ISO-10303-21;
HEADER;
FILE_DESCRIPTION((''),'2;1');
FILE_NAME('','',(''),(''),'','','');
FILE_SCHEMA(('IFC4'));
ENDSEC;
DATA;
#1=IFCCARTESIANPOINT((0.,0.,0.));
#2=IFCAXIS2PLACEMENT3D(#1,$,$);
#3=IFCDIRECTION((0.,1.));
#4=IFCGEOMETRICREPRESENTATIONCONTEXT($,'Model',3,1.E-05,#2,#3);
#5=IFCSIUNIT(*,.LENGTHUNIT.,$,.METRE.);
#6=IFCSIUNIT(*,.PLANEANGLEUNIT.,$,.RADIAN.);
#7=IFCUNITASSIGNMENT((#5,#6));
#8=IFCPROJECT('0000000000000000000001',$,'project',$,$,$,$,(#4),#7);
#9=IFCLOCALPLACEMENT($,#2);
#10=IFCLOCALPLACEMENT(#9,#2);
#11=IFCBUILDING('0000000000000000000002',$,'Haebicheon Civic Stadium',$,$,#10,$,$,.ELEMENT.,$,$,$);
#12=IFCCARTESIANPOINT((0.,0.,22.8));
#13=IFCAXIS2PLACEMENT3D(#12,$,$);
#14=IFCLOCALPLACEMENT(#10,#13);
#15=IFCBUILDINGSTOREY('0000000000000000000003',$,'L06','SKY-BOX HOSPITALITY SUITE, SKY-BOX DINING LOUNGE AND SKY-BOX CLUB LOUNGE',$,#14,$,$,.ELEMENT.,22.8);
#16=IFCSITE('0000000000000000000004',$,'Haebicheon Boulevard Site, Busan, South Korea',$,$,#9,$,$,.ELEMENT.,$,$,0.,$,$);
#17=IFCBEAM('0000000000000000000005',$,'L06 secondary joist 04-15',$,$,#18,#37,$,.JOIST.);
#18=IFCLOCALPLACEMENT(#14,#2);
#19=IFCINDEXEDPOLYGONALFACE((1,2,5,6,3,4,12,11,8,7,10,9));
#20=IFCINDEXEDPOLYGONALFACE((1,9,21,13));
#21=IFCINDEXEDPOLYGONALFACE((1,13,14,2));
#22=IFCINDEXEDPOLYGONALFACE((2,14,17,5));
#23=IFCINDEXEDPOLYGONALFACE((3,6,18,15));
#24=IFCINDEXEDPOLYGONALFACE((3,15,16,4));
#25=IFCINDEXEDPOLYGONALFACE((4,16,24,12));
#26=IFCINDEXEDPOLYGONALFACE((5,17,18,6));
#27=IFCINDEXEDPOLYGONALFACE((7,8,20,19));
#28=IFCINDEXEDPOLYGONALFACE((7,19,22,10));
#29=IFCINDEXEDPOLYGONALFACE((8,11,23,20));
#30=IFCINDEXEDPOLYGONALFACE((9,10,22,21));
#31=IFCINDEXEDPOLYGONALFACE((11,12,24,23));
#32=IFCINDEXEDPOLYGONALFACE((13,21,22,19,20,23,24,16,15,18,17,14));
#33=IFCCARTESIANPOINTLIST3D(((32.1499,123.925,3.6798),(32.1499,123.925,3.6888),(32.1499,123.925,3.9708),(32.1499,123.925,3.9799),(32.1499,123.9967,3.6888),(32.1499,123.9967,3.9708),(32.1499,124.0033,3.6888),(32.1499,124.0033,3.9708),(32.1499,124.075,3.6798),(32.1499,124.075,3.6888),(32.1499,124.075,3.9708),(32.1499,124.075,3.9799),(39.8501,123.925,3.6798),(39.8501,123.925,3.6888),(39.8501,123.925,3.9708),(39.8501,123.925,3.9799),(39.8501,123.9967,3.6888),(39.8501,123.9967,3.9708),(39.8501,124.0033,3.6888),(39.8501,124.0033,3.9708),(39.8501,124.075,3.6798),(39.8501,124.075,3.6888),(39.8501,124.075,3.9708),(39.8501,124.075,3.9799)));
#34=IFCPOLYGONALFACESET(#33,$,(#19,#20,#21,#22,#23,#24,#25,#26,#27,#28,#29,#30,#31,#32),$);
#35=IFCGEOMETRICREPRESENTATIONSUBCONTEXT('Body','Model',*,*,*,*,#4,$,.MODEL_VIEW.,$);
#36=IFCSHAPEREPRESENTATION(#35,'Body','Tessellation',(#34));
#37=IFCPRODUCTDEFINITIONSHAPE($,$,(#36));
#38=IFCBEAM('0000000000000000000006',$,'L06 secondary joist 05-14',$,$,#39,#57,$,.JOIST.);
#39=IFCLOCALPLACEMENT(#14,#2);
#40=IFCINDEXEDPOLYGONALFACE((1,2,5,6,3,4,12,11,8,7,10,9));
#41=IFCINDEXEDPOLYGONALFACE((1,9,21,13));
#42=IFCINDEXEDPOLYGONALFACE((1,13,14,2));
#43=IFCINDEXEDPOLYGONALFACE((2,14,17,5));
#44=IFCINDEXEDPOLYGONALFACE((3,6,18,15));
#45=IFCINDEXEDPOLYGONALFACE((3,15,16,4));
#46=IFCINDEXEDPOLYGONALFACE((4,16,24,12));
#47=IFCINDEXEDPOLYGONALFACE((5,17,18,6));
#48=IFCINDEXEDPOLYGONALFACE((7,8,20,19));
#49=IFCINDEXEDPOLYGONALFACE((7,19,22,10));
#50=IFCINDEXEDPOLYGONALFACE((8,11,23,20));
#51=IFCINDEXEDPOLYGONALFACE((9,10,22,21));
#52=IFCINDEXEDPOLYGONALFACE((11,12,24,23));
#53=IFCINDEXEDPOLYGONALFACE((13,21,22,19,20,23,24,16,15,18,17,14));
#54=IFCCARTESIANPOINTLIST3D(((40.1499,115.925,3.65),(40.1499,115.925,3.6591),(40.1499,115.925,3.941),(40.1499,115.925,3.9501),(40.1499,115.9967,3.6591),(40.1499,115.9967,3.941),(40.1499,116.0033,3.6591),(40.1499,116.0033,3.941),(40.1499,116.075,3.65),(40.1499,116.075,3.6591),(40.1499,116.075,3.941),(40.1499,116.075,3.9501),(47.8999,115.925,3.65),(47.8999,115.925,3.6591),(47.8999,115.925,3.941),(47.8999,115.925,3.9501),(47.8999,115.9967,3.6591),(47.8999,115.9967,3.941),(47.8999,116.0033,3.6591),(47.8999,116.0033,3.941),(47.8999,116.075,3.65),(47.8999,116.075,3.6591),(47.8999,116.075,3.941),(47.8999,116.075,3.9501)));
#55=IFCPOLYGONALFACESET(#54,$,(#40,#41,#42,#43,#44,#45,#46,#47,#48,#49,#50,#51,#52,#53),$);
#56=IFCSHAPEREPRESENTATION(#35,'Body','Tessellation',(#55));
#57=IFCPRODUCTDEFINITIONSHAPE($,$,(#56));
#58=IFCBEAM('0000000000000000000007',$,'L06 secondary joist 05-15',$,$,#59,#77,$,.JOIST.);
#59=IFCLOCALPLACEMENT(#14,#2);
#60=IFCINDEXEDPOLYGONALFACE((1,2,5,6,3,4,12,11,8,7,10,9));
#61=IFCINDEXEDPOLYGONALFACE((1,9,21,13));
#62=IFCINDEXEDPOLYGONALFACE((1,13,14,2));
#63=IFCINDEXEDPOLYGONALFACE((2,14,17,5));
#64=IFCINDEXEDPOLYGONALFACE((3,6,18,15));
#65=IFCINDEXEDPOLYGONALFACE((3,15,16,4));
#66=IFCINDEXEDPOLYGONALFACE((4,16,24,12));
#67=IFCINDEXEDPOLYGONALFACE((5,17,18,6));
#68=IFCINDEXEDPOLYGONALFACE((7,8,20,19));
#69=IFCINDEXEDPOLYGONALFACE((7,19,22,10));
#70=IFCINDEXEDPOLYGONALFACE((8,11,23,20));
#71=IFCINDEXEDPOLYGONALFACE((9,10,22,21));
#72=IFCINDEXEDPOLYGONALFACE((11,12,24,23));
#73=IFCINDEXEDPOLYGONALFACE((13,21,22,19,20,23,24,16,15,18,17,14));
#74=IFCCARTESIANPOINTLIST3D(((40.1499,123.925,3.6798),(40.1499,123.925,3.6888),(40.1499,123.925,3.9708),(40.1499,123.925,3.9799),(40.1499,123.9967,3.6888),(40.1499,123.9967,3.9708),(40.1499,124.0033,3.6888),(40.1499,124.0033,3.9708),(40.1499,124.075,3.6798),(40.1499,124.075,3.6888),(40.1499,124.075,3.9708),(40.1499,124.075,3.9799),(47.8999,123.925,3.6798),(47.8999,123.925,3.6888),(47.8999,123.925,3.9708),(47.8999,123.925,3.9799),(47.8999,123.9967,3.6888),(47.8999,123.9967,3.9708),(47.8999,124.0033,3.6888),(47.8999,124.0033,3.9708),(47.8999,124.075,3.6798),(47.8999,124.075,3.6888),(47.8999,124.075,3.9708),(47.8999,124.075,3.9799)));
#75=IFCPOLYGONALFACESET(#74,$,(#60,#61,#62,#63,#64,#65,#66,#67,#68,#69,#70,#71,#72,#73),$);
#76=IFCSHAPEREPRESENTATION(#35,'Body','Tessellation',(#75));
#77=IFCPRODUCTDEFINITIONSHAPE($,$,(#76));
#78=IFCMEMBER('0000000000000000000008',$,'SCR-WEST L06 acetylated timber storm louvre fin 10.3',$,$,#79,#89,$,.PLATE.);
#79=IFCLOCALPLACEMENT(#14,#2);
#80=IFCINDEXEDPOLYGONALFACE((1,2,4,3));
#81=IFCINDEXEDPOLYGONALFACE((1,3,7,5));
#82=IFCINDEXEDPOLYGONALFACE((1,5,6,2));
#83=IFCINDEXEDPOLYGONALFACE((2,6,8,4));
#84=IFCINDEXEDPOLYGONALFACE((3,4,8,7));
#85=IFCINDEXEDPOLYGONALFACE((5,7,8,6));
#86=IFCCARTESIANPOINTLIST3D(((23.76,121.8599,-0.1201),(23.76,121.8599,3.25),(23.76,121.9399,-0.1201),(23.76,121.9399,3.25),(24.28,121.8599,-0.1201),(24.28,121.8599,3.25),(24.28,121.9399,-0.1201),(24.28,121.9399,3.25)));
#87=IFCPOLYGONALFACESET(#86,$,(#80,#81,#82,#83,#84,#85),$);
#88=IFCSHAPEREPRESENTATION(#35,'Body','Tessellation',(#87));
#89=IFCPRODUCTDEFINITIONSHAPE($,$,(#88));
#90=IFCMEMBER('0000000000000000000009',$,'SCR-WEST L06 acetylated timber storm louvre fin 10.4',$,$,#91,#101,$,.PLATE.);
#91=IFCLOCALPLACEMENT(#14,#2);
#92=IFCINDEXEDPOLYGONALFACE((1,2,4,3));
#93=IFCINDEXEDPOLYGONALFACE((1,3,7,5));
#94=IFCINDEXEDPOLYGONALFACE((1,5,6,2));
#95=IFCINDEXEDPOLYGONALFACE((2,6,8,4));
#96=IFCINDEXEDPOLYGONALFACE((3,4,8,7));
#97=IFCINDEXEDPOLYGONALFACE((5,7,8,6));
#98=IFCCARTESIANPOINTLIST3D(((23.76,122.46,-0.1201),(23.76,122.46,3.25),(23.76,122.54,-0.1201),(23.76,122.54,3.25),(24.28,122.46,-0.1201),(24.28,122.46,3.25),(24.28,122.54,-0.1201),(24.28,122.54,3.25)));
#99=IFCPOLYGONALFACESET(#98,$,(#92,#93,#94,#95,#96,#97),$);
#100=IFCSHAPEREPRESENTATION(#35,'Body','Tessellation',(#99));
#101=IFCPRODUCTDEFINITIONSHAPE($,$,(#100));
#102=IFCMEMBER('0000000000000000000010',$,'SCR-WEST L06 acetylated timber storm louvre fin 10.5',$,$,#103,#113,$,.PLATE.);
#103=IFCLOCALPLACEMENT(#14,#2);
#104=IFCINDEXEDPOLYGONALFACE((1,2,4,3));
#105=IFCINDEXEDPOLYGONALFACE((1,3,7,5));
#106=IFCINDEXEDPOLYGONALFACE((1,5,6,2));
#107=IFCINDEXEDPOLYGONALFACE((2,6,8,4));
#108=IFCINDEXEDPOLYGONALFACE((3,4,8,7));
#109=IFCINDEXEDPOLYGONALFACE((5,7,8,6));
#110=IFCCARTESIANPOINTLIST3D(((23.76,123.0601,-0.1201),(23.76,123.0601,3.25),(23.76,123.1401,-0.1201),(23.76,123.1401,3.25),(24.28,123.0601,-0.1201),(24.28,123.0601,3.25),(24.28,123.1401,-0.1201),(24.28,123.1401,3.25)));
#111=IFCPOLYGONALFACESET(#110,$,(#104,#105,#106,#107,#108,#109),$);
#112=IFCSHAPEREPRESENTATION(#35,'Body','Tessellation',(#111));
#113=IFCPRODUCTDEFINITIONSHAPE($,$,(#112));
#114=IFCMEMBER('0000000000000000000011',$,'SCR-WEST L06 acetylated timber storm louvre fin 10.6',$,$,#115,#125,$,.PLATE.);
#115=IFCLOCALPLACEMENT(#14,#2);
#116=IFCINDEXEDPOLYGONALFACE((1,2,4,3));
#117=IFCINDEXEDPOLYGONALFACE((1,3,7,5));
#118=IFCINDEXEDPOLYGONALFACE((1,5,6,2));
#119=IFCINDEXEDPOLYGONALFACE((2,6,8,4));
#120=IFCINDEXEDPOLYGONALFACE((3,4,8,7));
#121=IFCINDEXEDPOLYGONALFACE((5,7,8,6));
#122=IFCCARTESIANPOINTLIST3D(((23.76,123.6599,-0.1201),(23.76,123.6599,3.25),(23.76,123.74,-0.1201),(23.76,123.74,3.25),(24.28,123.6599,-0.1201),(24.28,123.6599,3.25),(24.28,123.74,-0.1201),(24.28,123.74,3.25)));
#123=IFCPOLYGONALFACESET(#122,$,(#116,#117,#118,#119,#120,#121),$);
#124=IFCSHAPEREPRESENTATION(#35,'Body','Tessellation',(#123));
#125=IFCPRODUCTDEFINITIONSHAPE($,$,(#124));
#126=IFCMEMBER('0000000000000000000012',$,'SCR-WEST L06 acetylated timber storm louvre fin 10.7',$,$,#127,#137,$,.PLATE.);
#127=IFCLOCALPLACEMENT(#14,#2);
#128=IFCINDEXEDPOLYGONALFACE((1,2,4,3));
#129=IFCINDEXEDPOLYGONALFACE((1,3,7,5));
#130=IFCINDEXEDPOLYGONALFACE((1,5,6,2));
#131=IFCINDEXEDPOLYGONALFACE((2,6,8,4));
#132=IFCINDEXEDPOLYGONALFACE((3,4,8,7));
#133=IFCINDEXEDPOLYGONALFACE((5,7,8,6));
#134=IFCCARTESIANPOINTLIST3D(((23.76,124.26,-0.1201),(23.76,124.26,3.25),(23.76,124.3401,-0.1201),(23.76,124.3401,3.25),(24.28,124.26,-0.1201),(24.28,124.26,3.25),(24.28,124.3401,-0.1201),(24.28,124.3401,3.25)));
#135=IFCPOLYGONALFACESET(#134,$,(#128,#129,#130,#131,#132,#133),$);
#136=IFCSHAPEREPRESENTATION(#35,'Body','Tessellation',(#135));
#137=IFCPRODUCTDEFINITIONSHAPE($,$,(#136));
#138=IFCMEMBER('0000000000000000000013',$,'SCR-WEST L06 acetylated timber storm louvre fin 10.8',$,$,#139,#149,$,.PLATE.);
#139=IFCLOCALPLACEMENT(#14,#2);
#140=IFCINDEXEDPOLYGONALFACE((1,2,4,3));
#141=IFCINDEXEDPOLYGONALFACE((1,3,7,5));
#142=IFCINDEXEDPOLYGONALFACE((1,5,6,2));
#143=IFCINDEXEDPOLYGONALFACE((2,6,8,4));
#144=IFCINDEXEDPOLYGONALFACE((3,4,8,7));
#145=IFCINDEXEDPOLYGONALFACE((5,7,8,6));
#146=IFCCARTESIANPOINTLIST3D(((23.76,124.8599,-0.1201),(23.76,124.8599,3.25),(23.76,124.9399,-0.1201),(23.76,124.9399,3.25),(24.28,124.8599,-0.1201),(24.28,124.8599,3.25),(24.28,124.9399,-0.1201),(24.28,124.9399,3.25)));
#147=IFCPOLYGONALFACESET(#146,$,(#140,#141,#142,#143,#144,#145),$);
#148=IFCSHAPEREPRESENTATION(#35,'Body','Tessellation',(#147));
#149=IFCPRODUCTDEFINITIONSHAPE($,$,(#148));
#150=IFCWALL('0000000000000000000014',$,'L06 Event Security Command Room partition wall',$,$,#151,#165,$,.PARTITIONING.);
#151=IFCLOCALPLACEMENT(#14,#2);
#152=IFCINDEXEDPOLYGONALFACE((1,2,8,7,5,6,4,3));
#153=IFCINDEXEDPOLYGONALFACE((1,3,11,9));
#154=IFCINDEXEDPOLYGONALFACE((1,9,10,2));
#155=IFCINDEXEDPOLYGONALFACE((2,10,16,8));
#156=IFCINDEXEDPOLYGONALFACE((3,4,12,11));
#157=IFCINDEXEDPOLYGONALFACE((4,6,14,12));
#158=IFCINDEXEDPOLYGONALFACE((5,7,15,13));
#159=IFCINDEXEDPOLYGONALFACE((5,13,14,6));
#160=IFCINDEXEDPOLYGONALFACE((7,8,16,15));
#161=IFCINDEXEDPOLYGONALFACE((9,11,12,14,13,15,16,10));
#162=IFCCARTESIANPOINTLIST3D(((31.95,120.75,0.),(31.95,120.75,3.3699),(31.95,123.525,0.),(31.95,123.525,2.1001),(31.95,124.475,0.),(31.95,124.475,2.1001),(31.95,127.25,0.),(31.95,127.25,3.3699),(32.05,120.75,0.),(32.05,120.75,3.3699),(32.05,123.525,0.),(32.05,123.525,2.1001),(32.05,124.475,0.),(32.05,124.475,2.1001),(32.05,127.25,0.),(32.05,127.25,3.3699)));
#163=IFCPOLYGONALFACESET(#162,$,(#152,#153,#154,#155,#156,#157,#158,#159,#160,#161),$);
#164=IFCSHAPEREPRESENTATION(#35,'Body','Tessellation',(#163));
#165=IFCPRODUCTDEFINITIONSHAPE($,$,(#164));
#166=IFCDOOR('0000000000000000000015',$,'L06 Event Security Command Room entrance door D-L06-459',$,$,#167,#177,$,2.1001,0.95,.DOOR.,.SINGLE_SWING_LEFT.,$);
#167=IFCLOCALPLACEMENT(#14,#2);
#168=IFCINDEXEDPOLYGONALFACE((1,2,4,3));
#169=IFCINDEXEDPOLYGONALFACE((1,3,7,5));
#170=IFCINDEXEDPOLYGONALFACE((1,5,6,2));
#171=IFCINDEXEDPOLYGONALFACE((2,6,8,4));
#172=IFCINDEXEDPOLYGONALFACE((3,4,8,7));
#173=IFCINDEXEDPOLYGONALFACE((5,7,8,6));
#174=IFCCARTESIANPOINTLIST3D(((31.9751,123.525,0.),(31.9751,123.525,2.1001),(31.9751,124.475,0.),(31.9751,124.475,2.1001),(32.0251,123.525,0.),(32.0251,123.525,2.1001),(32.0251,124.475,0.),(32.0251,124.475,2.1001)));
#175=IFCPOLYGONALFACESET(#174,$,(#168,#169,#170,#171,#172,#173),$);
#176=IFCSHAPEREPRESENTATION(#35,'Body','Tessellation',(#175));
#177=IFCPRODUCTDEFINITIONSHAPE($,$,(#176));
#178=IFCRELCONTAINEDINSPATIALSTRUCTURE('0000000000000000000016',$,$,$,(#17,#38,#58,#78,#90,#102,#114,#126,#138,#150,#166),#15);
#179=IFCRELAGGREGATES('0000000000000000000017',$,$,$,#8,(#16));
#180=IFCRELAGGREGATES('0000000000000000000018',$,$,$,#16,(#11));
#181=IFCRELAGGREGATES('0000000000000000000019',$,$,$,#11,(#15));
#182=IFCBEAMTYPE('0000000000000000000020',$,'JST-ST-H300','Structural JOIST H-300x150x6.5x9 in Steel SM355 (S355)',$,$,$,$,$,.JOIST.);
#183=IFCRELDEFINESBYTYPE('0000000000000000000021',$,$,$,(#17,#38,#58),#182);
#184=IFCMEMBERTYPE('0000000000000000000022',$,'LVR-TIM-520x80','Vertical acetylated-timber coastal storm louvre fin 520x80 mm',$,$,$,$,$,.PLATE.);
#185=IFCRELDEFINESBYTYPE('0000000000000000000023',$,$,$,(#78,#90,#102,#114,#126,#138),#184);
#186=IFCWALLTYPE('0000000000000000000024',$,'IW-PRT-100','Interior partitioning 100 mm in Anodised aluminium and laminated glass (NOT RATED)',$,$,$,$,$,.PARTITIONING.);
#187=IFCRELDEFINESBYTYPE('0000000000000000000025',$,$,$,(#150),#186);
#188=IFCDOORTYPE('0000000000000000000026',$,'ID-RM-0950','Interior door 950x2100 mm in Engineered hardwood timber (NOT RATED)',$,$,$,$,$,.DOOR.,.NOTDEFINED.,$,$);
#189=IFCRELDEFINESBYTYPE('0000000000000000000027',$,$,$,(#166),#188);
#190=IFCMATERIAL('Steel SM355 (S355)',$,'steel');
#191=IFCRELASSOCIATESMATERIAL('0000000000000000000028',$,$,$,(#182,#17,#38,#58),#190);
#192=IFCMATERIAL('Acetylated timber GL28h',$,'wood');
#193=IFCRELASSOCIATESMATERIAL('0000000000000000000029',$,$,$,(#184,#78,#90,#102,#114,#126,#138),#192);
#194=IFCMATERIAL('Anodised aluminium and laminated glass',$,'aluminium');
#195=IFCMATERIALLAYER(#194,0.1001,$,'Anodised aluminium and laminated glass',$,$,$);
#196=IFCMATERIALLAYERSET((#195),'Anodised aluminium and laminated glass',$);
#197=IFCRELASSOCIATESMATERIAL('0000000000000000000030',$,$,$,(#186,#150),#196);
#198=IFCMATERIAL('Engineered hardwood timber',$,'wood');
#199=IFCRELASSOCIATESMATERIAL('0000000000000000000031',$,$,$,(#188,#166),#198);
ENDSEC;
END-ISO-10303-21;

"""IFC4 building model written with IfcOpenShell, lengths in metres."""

from ifc_helpers import new_model, si_unit, direction, frame, frame_2d, origin, origin_2d, place, context, subcontext, project, spatial, rectangle, i_section, extrude, material, layer, layer_set, material_profile, profile_set, type_object, element, fill, save


model = new_model("IFC4")

# Units and contexts
model_context = context("Model", 3, precision=1e-05, world=origin(), true_north=direction((0.0, 1.0)))
body_context = subcontext(model_context, "Body", "Model", "MODEL_VIEW")
ifc_project = project(units=[si_unit("LENGTHUNIT", "METRE"), si_unit("PLANEANGLEUNIT", "RADIAN")], contexts=[model_context])

# Site, building, storey
site_placement = place(None, origin())
site = spatial("IfcSite", under=ifc_project, at=site_placement, Name="Haebicheon Boulevard Site, Busan, South Korea", CompositionType="ELEMENT", RefElevation=0.0)
building_placement = place(site_placement, origin())
building = spatial("IfcBuilding", under=site, at=building_placement, Name="Haebicheon Civic Stadium", CompositionType="ELEMENT")
storey_placement = place(building_placement, frame((0.0, 0.0, 22.8)))
storey = spatial("IfcBuildingStorey", under=building, at=storey_placement, Name="L06", Description="SKY-BOX HOSPITALITY SUITE, SKY-BOX DINING LOUNGE AND SKY-BOX CLUB LOUNGE", CompositionType="ELEMENT", Elevation=22.8)

# Beams
ifc_material_1 = material(Name="Steel SM355 (S355)", Category="steel")
ifc_material_profile_1 = material_profile(ifc_material_1, i_section(OverallWidth=0.1499, OverallDepth=0.3, WebThickness=0.0066, FlangeThickness=0.009, at=origin_2d()), Name="H-300x150x6.5x9")
ifc_profile_set_1 = profile_set([ifc_material_profile_1], Name="Steel SM355 (S355)")
beam_type_1 = type_object("IfcBeamType", Name="JST-ST-H300", Description="Structural JOIST H-300x150x6.5x9 in Steel SM355 (S355)", PredefinedType="JOIST", material=ifc_profile_set_1)
for number, where, z_axis, x_axis, name in (
    (1, (32.1499, 124.0, 3.8298), (1.0, 0.0, 0.0), (0.0, 1.0, 0.0), "L06 secondary joist 04-15"),
):
    element("IfcBeam", number, at=place(storey_placement, frame(where, z_axis=z_axis, x_axis=x_axis)), inside=storey, type_object=beam_type_1, material=ifc_profile_set_1, Name=name, PredefinedType="JOIST", context=body_context, shape_type="SweptSolid", body=[
        extrude(i_section(OverallWidth=0.1499, OverallDepth=0.3, WebThickness=0.0066, FlangeThickness=0.009, at=origin_2d()), origin(), (0.0, 0.0, 1.0), 7.7002),
    ])
for number, where, z_axis, x_axis, name in (
    (2, (40.1499, 116.0, 3.8), (1.0, 0.0, 0.0), (0.0, 1.0, 0.0), "L06 secondary joist 05-14"),
    (3, (40.1499, 124.0, 3.8298), (1.0, 0.0, 0.0), (0.0, 1.0, 0.0), "L06 secondary joist 05-15"),
):
    element("IfcBeam", number, at=place(storey_placement, frame(where, z_axis=z_axis, x_axis=x_axis)), inside=storey, type_object=beam_type_1, material=ifc_profile_set_1, Name=name, PredefinedType="JOIST", context=body_context, shape_type="SweptSolid", body=[
        extrude(i_section(OverallWidth=0.1499, OverallDepth=0.3, WebThickness=0.0066, FlangeThickness=0.009, at=origin_2d()), origin(), (0.0, 0.0, 1.0), 7.75),
    ])

# Members
ifc_material_2 = material(Name="Acetylated timber GL28h", Category="wood")
ifc_material_profile_2 = material_profile(ifc_material_2, rectangle(XDim=0.0801, YDim=0.52, at=origin_2d()), Name="TMB-LOUV-80x520")
ifc_profile_set_2 = profile_set([ifc_material_profile_2], Name="Acetylated timber GL28h")
member_type = type_object("IfcMemberType", Name="LVR-TIM-520x80", Description="Vertical acetylated-timber coastal storm louvre fin 520x80 mm", PredefinedType="PLATE", material=ifc_profile_set_2)
for number, where, z_axis, x_axis, name in (
    (4, (24.02, 121.8999, -0.1201), (0.0, 0.0, 1.0), (0.0, 1.0, 0.0), "SCR-WEST L06 acetylated timber storm louvre fin 10.3"),
    (5, (24.02, 122.5, -0.1201), (0.0, 0.0, 1.0), (0.0, 1.0, 0.0), "SCR-WEST L06 acetylated timber storm louvre fin 10.4"),
    (6, (24.02, 123.1001, -0.1201), (0.0, 0.0, 1.0), (0.0, 1.0, 0.0), "SCR-WEST L06 acetylated timber storm louvre fin 10.5"),
    (7, (24.02, 123.7, -0.1201), (0.0, 0.0, 1.0), (0.0, 1.0, 0.0), "SCR-WEST L06 acetylated timber storm louvre fin 10.6"),
    (8, (24.02, 124.3, -0.1201), (0.0, 0.0, 1.0), (0.0, 1.0, 0.0), "SCR-WEST L06 acetylated timber storm louvre fin 10.7"),
    (9, (24.02, 124.8999, -0.1201), (0.0, 0.0, 1.0), (0.0, 1.0, 0.0), "SCR-WEST L06 acetylated timber storm louvre fin 10.8"),
):
    element("IfcMember", number, at=place(storey_placement, frame(where, z_axis=z_axis, x_axis=x_axis)), inside=storey, type_object=member_type, material=ifc_profile_set_2, Name=name, PredefinedType="PLATE", context=body_context, shape_type="SweptSolid", body=[
        extrude(rectangle(XDim=0.0801, YDim=0.52, at=origin_2d()), origin(), (0.0, 0.0, 1.0), 3.3701),
    ])

# Wall, opening, door
ifc_material_3 = material(Name="Anodised aluminium and laminated glass", Category="aluminium")
ifc_layer_1 = layer(ifc_material_3, 0.1001, Name="Anodised aluminium and laminated glass")
ifc_layer_set_1 = layer_set([ifc_layer_1], Name="Anodised aluminium and laminated glass")
wall_type_1 = type_object("IfcWallType", Name="IW-PRT-100", Description="Interior partitioning 100 mm in Anodised aluminium and laminated glass (NOT RATED)", PredefinedType="PARTITIONING", material=ifc_layer_set_1)
wall_1_placement = place(storey_placement, frame((32.0, 120.75, 0.0), z_axis=(0.0, 0.0, 1.0), x_axis=(0.0, 1.0, 0.0)))
wall_1 = element("IfcWall", 10, at=wall_1_placement, inside=storey, type_object=wall_type_1, material=ifc_layer_set_1, Name="L06 Event Security Command Room partition wall", PredefinedType="PARTITIONING", context=body_context, shape_type="SweptSolid", body=[
    extrude(rectangle(XDim=6.5, YDim=0.1001, at=frame_2d((3.25, 0.0))), origin(), (0.0, 0.0, 1.0), 3.3699),
])
opening_1_placement = place(wall_1_placement, frame((2.7749, 0.0, 0.0)))
opening_1 = element("IfcOpeningElement", 11, at=opening_1_placement, cuts=wall_1, PredefinedType="OPENING", context=body_context, shape_type="SweptSolid", body=[
    extrude(rectangle(XDim=0.95, YDim=2.1001, at=frame_2d((0.4751, 1.05))), frame((0.0, 0.0601, 0.0), z_axis=(0.0, -1.0, 0.0), x_axis=(1.0, 0.0, 0.0)), (0.0, 0.0, 1.0), 0.1201),
])
ifc_material_4 = material(Name="Engineered hardwood timber", Category="wood")
door_type_1 = type_object("IfcDoorType", Name="ID-RM-0950", Description="Interior door 950x2100 mm in Engineered hardwood timber (NOT RATED)", OperationType="NOTDEFINED", PredefinedType="DOOR", material=ifc_material_4)
door_1_placement = place(opening_1_placement, origin())
door_1 = element("IfcDoor", 12, at=door_1_placement, inside=storey, type_object=door_type_1, material=ifc_material_4, Name="L06 Event Security Command Room entrance door D-L06-459", OperationType="SINGLE_SWING_LEFT", OverallHeight=2.1001, OverallWidth=0.95, PredefinedType="DOOR", context=body_context, shape_type="SweptSolid", body=[
    extrude(rectangle(XDim=0.95, YDim=2.1001, at=frame_2d((0.4751, 1.05))), frame((0.0, 0.0249, 0.0), z_axis=(0.0, -1.0, 0.0), x_axis=(1.0, 0.0, 0.0)), (0.0, 0.0, 1.0), 0.05),
])
fill(opening_1, door_1)

save(model, "model.ifc")
